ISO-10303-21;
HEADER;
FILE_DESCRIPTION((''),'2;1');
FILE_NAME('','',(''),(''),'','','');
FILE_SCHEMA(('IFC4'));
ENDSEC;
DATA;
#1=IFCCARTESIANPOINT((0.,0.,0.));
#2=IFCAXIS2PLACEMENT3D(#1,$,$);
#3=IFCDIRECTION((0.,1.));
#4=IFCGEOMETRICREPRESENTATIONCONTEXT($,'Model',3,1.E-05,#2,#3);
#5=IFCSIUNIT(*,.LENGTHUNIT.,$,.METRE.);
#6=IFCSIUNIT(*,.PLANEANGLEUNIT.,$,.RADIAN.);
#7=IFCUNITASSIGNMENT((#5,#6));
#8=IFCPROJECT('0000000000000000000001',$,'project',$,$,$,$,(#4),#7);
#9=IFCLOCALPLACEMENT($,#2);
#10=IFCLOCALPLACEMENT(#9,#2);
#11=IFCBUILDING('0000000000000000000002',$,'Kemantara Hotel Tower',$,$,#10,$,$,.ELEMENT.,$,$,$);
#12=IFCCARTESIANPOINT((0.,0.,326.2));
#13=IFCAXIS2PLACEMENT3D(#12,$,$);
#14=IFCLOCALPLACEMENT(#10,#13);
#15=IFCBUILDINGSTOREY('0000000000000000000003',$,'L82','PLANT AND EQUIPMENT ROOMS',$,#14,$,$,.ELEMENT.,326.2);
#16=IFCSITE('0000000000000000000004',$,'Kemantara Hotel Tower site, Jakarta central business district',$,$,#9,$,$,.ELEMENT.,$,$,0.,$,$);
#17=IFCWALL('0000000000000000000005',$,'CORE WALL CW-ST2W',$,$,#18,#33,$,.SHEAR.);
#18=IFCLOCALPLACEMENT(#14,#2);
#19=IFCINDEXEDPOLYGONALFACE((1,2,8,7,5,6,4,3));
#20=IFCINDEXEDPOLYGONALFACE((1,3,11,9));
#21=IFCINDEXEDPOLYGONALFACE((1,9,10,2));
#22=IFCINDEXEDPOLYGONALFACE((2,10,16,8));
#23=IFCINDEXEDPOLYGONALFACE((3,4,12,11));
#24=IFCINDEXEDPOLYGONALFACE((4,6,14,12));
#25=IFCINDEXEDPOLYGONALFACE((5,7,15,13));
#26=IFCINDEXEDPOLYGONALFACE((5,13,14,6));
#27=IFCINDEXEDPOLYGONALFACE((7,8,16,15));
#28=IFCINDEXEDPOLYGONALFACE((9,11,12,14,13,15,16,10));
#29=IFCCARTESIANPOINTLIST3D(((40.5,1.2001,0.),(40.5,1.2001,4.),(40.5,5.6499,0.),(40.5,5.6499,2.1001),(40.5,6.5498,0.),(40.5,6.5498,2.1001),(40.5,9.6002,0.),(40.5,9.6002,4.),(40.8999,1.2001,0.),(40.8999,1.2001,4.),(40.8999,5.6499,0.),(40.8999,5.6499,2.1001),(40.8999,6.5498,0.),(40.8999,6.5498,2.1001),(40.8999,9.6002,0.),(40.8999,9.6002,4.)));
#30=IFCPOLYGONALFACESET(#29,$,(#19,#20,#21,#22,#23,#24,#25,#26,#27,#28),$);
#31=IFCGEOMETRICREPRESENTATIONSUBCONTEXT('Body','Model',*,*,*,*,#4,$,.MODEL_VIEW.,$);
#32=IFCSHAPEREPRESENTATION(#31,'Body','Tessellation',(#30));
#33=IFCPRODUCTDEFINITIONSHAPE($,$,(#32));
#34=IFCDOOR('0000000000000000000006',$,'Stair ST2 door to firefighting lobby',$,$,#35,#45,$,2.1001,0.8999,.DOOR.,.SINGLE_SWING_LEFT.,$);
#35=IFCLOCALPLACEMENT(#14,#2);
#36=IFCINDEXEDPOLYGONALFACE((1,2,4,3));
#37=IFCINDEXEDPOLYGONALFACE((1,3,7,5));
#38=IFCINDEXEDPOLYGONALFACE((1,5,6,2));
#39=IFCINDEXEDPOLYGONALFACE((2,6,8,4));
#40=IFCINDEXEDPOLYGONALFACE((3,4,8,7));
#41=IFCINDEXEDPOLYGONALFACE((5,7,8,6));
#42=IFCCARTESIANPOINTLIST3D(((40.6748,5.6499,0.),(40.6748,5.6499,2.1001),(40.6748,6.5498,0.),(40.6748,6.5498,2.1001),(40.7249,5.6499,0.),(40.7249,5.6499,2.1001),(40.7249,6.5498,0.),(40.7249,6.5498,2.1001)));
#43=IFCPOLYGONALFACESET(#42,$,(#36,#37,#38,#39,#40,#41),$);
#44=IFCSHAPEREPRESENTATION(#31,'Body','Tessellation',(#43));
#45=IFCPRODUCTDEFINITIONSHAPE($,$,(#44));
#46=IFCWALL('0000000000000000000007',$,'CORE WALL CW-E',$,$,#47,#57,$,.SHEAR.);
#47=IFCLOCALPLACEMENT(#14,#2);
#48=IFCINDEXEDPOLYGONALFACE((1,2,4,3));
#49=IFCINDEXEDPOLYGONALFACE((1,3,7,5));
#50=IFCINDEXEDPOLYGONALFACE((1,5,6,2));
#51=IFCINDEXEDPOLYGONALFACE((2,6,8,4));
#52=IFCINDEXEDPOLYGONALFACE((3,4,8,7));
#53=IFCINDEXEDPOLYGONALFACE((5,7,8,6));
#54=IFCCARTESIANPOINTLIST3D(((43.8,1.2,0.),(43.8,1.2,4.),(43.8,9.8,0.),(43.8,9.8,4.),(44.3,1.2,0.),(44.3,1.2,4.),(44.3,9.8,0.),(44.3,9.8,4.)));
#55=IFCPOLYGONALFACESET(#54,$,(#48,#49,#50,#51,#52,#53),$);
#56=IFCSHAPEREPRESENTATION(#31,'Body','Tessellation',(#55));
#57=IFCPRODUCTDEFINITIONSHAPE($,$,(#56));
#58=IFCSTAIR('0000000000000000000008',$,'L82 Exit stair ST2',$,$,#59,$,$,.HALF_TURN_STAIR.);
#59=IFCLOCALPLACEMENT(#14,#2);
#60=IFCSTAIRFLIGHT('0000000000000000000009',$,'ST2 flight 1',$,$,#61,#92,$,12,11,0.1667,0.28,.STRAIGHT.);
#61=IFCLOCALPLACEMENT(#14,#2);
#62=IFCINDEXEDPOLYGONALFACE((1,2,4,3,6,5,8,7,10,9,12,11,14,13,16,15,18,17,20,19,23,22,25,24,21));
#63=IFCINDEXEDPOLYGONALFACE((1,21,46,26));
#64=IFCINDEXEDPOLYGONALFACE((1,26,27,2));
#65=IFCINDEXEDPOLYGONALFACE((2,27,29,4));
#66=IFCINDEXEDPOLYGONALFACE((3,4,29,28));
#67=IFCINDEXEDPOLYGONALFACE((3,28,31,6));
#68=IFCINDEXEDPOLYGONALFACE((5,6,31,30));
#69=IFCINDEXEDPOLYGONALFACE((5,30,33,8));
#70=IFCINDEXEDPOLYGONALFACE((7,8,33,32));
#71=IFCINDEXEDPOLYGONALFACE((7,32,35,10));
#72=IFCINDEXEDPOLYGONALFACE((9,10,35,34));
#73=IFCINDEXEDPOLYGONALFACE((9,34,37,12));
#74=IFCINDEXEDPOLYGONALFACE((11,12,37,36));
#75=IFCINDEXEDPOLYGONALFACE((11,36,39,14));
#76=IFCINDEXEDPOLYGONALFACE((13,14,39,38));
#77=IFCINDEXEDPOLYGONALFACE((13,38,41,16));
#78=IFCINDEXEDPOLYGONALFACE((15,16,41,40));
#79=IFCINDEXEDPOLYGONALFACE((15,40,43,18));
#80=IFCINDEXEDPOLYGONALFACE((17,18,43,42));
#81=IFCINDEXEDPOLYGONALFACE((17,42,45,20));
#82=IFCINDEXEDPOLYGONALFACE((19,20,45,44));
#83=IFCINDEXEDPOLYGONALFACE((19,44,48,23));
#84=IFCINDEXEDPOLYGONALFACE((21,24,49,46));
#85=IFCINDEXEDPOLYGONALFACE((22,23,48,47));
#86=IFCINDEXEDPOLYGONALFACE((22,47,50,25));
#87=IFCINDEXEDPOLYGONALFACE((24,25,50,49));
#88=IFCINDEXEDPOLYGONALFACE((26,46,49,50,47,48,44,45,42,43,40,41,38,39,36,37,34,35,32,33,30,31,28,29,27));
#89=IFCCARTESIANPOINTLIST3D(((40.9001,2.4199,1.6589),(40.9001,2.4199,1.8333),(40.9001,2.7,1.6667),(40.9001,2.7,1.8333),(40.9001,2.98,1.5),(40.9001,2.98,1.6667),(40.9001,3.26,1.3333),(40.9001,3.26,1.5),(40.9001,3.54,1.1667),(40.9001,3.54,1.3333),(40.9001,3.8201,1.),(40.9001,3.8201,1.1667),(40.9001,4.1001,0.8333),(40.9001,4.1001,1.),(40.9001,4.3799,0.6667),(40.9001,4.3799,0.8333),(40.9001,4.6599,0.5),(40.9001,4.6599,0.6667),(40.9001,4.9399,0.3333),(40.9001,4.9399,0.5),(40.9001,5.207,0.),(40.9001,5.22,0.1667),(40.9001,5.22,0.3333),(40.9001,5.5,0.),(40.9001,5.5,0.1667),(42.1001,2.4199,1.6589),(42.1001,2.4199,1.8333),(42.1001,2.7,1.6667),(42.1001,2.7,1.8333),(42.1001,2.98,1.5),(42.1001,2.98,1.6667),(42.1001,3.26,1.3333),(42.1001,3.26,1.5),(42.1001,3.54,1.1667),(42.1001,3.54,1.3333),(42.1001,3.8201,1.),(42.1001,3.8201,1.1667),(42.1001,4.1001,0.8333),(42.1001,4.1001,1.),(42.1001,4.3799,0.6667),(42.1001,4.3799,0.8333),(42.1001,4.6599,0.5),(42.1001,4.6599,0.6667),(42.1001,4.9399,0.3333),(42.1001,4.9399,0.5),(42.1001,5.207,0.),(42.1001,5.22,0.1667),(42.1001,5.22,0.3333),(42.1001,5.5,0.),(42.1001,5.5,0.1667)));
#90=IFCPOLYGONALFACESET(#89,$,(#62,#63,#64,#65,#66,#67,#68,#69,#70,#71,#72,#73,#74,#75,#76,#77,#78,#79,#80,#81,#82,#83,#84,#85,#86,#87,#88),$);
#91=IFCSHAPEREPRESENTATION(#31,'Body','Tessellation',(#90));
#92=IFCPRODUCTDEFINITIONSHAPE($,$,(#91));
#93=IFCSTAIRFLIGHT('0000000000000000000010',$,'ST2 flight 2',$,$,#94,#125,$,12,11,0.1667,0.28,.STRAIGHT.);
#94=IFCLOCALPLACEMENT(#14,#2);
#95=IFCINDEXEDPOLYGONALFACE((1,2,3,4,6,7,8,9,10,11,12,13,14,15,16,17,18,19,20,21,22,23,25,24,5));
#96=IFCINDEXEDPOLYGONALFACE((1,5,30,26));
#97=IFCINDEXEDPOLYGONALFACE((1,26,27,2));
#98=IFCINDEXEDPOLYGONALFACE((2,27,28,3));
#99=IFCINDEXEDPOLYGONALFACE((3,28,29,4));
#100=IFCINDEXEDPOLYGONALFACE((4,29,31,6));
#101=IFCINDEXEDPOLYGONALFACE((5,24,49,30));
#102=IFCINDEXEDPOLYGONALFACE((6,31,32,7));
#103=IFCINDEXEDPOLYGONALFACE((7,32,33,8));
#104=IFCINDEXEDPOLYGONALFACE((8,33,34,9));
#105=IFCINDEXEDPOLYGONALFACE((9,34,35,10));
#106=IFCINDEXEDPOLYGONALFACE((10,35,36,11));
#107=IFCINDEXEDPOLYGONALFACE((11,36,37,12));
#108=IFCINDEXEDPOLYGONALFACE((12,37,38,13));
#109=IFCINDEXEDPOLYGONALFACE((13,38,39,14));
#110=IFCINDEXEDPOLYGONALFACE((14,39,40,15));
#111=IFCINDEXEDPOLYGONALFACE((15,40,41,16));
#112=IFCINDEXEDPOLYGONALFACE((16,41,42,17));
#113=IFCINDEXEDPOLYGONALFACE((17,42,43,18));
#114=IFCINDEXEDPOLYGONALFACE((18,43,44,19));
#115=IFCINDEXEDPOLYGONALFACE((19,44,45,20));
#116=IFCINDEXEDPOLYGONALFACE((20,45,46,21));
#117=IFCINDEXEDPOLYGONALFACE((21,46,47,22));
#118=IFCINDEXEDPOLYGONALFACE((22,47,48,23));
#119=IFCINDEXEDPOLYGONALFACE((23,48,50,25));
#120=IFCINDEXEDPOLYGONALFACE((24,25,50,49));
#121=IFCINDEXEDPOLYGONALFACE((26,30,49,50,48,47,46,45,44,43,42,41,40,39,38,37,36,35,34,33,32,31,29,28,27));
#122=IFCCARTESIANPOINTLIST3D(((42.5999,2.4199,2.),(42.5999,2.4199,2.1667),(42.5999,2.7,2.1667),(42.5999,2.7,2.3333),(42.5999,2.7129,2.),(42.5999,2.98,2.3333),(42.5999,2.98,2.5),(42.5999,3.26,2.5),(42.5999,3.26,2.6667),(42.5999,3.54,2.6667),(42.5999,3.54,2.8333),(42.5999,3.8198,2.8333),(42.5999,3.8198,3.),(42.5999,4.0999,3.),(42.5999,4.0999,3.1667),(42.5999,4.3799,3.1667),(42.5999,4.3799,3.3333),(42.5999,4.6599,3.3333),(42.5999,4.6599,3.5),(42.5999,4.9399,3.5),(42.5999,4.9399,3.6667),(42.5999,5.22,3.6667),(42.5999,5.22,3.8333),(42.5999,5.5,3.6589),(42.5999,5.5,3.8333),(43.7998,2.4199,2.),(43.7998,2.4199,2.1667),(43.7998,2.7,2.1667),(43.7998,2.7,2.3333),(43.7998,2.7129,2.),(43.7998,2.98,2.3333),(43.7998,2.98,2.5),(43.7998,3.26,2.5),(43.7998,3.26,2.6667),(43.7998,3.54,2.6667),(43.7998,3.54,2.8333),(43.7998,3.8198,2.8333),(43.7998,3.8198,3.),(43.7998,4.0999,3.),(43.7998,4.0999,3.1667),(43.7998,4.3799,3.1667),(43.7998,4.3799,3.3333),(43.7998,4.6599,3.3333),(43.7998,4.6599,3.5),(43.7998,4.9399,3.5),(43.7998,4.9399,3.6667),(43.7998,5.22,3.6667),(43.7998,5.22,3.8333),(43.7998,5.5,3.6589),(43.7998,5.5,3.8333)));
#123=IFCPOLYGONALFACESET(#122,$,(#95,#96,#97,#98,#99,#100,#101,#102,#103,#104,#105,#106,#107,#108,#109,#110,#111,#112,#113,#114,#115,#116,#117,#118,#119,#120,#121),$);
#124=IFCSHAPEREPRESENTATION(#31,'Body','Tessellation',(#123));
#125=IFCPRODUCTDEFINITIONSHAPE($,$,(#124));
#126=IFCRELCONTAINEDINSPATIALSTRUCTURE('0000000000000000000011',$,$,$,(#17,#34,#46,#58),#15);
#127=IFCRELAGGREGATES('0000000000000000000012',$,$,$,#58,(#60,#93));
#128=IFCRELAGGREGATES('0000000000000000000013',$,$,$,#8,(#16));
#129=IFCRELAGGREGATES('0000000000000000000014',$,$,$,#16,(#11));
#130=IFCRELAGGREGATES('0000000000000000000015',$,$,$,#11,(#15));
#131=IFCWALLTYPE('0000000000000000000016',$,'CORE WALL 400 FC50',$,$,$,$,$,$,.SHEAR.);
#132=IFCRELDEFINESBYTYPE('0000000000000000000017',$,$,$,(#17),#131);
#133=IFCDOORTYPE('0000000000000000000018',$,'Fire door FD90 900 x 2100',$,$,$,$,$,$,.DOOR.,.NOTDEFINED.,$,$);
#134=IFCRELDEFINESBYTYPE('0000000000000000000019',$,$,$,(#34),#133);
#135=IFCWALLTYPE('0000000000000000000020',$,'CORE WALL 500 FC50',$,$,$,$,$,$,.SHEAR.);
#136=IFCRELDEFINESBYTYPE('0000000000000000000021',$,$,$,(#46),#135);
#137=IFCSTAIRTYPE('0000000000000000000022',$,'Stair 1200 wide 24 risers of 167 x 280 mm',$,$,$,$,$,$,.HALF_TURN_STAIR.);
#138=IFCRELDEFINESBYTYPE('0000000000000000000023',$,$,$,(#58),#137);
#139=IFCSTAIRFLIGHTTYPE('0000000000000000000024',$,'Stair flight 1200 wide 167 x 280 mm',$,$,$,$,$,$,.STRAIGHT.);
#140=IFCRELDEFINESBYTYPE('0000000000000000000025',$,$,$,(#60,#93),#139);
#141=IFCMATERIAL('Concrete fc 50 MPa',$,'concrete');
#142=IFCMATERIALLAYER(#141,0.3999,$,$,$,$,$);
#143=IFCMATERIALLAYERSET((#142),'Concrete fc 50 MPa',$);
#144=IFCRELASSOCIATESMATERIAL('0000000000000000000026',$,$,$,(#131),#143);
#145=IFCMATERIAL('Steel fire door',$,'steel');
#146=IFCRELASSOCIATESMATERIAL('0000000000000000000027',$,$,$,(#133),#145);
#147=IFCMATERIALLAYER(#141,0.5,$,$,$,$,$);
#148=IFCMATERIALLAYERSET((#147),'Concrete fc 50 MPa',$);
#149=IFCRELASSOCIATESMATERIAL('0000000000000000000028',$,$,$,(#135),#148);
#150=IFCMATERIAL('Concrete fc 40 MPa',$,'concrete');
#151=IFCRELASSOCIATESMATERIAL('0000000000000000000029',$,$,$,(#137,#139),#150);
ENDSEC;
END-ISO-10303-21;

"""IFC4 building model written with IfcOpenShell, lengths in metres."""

from ifc_helpers import new_model, si_unit, direction, frame, frame_2d, origin, place, context, subcontext, project, spatial, polyline, rectangle, outline, extrude, material, layer, layer_set, type_object, element, fill, aggregate, save


model = new_model("IFC4")

# Units and contexts
model_context = context("Model", 3, precision=1e-05, world=origin(), true_north=direction((0.0, 1.0)))
body_context = subcontext(model_context, "Body", "Model", "MODEL_VIEW")
ifc_project = project(units=[si_unit("LENGTHUNIT", "METRE"), si_unit("PLANEANGLEUNIT", "RADIAN")], contexts=[model_context])

# Site, building, storey
site_placement = place(None, origin())
site = spatial("IfcSite", under=ifc_project, at=site_placement, Name="Kemantara Hotel Tower site, Jakarta central business district", CompositionType="ELEMENT", RefElevation=0.0)
building_placement = place(site_placement, origin())
building = spatial("IfcBuilding", under=site, at=building_placement, Name="Kemantara Hotel Tower", CompositionType="ELEMENT")
storey_placement = place(building_placement, frame((0.0, 0.0, 326.2)))
storey = spatial("IfcBuildingStorey", under=building, at=storey_placement, Name="L82", Description="PLANT AND EQUIPMENT ROOMS", CompositionType="ELEMENT", Elevation=326.2)

# Shared definitions
ifc_material_1 = material(Name="Concrete fc 50 MPa", Category="concrete")

# Wall, opening, door
ifc_layer_1 = layer(ifc_material_1, 0.3999)
ifc_layer_set_1 = layer_set([ifc_layer_1], Name="Concrete fc 50 MPa")
wall_type_1 = type_object("IfcWallType", Name="CORE WALL 400 FC50", PredefinedType="SHEAR", material=ifc_layer_set_1)
ifc_material_2 = material(Name="Steel fire door", Category="steel")
wall_1_placement = place(storey_placement, frame((40.7, 1.2, 0.0), z_axis=(0.0, 0.0, 1.0), x_axis=(0.0, 1.0, 0.0)))
wall_1 = element("IfcWall", 1, at=wall_1_placement, inside=storey, type_object=wall_type_1, Name="CORE WALL CW-ST2W", PredefinedType="SHEAR", context=body_context, shape_type="SweptSolid", body=[
    extrude(rectangle(XDim=8.4001, YDim=0.3999, at=frame_2d((4.2002, 0.0))), origin(), (0.0, 0.0, 1.0), 4.0),
])
opening_1_placement = place(wall_1_placement, frame((4.45, 0.0, 0.0)))
opening_1 = element("IfcOpeningElement", 2, at=opening_1_placement, cuts=wall_1, PredefinedType="OPENING", context=body_context, shape_type="SweptSolid", body=[
    extrude(rectangle(XDim=0.8999, YDim=2.1001, at=frame_2d((0.45, 1.05))), frame((0.0, 0.21, 0.0), z_axis=(0.0, -1.0, 0.0), x_axis=(1.0, 0.0, 0.0)), (0.0, 0.0, 1.0), 0.4199),
])
door_type_1 = type_object("IfcDoorType", Name="Fire door FD90 900 x 2100", OperationType="NOTDEFINED", PredefinedType="DOOR", material=ifc_material_2)
door_1_placement = place(opening_1_placement, frame((0.8999, 0.0, 0.0), z_axis=(0.0, 0.0, 1.0), x_axis=(-1.0, 0.0, 0.0)))
door_1 = element("IfcDoor", 3, at=door_1_placement, inside=storey, type_object=door_type_1, Name="Stair ST2 door to firefighting lobby", OperationType="SINGLE_SWING_LEFT", OverallHeight=2.1001, OverallWidth=0.8999, PredefinedType="DOOR", context=body_context, shape_type="SweptSolid", body=[
    extrude(rectangle(XDim=0.8999, YDim=2.1001, at=frame_2d((0.45, 1.05))), frame((0.0, 0.0249, 0.0), z_axis=(0.0, -1.0, 0.0), x_axis=(1.0, 0.0, 0.0)), (0.0, 0.0, 1.0), 0.05),
])
fill(opening_1, door_1)

# Wall
ifc_layer_2 = layer(ifc_material_1, 0.5)
ifc_layer_set_2 = layer_set([ifc_layer_2], Name="Concrete fc 50 MPa")
wall_type_2 = type_object("IfcWallType", Name="CORE WALL 500 FC50", PredefinedType="SHEAR", material=ifc_layer_set_2)
wall_2_placement = place(storey_placement, frame((44.05, 1.2, 0.0), z_axis=(0.0, 0.0, 1.0), x_axis=(0.0, 1.0, 0.0)))
element("IfcWall", 4, at=wall_2_placement, inside=storey, type_object=wall_type_2, Name="CORE WALL CW-E", PredefinedType="SHEAR", context=body_context, shape_type="SweptSolid", body=[
    extrude(rectangle(XDim=8.6001, YDim=0.5, at=frame_2d((4.3, 0.0))), origin(), (0.0, 0.0, 1.0), 4.0),
])

# Stair, stair flights
ifc_material_3 = material(Name="Concrete fc 40 MPa", Category="concrete")
stair_type = type_object("IfcStairType", Name="Stair 1200 wide 24 risers of 167 x 280 mm", PredefinedType="HALF_TURN_STAIR", material=ifc_material_3)
stair_placement = place(storey_placement, origin())
stair = element("IfcStair", 5, at=stair_placement, inside=storey, type_object=stair_type, Name="L82 Exit stair ST2", PredefinedType="HALF_TURN_STAIR")
stair_flight_type = type_object("IfcStairFlightType", Name="Stair flight 1200 wide 167 x 280 mm", PredefinedType="STRAIGHT", material=ifc_material_3)
stair_flight_1_placement = place(storey_placement, frame((41.5, 5.5, 0.0), z_axis=(0.0, 0.0, 1.0), x_axis=(0.0, -1.0, 0.0)))
stair_flight_1 = element("IfcStairFlight", 6, at=stair_flight_1_placement, type_object=stair_flight_type, Name="ST2 flight 1", NumberOfRisers=12, NumberOfTreads=11, PredefinedType="STRAIGHT", RiserHeight=0.1667, TreadLength=0.28, context=body_context, shape_type="SweptSolid", body=[
    extrude(outline(polyline([(0.0, 0.0), (0.0, 0.1667), (0.28, 0.1667), (0.28, 0.3333), (0.5601, 0.3333), (0.5601, 0.5), (0.8401, 0.5), (0.8401, 0.6667), (1.1201, 0.6667), (1.1201, 0.8333), (1.3999, 0.8333), (1.3999, 1.0), (1.6799, 1.0), (1.6799, 1.1667), (1.96, 1.1667), (1.96, 1.3333), (2.24, 1.3333), (2.24, 1.5), (2.52, 1.5), (2.52, 1.6667), (2.8, 1.6667), (2.8, 1.8333), (3.0801, 1.8333), (3.0801, 2.0), (3.0801, 1.6589), (0.293, 0.0), (0.0, 0.0)])), frame((0.0, 0.6001, 0.0), z_axis=(0.0, -1.0, 0.0), x_axis=(1.0, 0.0, 0.0)), (0.0, 0.0, 1.0), 1.2),
])
stair_flight_2_placement = place(storey_placement, frame((43.2, 2.4199, 2.0), z_axis=(0.0, 0.0, 1.0), x_axis=(0.0, 1.0, 0.0)))
stair_flight_2 = element("IfcStairFlight", 7, at=stair_flight_2_placement, type_object=stair_flight_type, Name="ST2 flight 2", NumberOfRisers=12, NumberOfTreads=11, PredefinedType="STRAIGHT", RiserHeight=0.1667, TreadLength=0.28, context=body_context, shape_type="SweptSolid", body=[
    extrude(outline(polyline([(0.0, 0.0), (0.0, 0.1667), (0.28, 0.1667), (0.28, 0.3333), (0.5601, 0.3333), (0.5601, 0.5), (0.8401, 0.5), (0.8401, 0.6667), (1.1201, 0.6667), (1.1201, 0.8333), (1.3999, 0.8333), (1.3999, 1.0), (1.6799, 1.0), (1.6799, 1.1667), (1.96, 1.1667), (1.96, 1.3333), (2.24, 1.3333), (2.24, 1.5), (2.52, 1.5), (2.52, 1.6667), (2.8, 1.6667), (2.8, 1.8333), (3.0801, 1.8333), (3.0801, 2.0), (3.0801, 1.6589), (0.293, 0.0), (0.0, 0.0)])), frame((0.0, 0.6001, 0.0), z_axis=(0.0, -1.0, 0.0), x_axis=(1.0, 0.0, 0.0)), (0.0, 0.0, 1.0), 1.2),
])
aggregate(stair, [stair_flight_1, stair_flight_2])

save(model, "model.ifc")
